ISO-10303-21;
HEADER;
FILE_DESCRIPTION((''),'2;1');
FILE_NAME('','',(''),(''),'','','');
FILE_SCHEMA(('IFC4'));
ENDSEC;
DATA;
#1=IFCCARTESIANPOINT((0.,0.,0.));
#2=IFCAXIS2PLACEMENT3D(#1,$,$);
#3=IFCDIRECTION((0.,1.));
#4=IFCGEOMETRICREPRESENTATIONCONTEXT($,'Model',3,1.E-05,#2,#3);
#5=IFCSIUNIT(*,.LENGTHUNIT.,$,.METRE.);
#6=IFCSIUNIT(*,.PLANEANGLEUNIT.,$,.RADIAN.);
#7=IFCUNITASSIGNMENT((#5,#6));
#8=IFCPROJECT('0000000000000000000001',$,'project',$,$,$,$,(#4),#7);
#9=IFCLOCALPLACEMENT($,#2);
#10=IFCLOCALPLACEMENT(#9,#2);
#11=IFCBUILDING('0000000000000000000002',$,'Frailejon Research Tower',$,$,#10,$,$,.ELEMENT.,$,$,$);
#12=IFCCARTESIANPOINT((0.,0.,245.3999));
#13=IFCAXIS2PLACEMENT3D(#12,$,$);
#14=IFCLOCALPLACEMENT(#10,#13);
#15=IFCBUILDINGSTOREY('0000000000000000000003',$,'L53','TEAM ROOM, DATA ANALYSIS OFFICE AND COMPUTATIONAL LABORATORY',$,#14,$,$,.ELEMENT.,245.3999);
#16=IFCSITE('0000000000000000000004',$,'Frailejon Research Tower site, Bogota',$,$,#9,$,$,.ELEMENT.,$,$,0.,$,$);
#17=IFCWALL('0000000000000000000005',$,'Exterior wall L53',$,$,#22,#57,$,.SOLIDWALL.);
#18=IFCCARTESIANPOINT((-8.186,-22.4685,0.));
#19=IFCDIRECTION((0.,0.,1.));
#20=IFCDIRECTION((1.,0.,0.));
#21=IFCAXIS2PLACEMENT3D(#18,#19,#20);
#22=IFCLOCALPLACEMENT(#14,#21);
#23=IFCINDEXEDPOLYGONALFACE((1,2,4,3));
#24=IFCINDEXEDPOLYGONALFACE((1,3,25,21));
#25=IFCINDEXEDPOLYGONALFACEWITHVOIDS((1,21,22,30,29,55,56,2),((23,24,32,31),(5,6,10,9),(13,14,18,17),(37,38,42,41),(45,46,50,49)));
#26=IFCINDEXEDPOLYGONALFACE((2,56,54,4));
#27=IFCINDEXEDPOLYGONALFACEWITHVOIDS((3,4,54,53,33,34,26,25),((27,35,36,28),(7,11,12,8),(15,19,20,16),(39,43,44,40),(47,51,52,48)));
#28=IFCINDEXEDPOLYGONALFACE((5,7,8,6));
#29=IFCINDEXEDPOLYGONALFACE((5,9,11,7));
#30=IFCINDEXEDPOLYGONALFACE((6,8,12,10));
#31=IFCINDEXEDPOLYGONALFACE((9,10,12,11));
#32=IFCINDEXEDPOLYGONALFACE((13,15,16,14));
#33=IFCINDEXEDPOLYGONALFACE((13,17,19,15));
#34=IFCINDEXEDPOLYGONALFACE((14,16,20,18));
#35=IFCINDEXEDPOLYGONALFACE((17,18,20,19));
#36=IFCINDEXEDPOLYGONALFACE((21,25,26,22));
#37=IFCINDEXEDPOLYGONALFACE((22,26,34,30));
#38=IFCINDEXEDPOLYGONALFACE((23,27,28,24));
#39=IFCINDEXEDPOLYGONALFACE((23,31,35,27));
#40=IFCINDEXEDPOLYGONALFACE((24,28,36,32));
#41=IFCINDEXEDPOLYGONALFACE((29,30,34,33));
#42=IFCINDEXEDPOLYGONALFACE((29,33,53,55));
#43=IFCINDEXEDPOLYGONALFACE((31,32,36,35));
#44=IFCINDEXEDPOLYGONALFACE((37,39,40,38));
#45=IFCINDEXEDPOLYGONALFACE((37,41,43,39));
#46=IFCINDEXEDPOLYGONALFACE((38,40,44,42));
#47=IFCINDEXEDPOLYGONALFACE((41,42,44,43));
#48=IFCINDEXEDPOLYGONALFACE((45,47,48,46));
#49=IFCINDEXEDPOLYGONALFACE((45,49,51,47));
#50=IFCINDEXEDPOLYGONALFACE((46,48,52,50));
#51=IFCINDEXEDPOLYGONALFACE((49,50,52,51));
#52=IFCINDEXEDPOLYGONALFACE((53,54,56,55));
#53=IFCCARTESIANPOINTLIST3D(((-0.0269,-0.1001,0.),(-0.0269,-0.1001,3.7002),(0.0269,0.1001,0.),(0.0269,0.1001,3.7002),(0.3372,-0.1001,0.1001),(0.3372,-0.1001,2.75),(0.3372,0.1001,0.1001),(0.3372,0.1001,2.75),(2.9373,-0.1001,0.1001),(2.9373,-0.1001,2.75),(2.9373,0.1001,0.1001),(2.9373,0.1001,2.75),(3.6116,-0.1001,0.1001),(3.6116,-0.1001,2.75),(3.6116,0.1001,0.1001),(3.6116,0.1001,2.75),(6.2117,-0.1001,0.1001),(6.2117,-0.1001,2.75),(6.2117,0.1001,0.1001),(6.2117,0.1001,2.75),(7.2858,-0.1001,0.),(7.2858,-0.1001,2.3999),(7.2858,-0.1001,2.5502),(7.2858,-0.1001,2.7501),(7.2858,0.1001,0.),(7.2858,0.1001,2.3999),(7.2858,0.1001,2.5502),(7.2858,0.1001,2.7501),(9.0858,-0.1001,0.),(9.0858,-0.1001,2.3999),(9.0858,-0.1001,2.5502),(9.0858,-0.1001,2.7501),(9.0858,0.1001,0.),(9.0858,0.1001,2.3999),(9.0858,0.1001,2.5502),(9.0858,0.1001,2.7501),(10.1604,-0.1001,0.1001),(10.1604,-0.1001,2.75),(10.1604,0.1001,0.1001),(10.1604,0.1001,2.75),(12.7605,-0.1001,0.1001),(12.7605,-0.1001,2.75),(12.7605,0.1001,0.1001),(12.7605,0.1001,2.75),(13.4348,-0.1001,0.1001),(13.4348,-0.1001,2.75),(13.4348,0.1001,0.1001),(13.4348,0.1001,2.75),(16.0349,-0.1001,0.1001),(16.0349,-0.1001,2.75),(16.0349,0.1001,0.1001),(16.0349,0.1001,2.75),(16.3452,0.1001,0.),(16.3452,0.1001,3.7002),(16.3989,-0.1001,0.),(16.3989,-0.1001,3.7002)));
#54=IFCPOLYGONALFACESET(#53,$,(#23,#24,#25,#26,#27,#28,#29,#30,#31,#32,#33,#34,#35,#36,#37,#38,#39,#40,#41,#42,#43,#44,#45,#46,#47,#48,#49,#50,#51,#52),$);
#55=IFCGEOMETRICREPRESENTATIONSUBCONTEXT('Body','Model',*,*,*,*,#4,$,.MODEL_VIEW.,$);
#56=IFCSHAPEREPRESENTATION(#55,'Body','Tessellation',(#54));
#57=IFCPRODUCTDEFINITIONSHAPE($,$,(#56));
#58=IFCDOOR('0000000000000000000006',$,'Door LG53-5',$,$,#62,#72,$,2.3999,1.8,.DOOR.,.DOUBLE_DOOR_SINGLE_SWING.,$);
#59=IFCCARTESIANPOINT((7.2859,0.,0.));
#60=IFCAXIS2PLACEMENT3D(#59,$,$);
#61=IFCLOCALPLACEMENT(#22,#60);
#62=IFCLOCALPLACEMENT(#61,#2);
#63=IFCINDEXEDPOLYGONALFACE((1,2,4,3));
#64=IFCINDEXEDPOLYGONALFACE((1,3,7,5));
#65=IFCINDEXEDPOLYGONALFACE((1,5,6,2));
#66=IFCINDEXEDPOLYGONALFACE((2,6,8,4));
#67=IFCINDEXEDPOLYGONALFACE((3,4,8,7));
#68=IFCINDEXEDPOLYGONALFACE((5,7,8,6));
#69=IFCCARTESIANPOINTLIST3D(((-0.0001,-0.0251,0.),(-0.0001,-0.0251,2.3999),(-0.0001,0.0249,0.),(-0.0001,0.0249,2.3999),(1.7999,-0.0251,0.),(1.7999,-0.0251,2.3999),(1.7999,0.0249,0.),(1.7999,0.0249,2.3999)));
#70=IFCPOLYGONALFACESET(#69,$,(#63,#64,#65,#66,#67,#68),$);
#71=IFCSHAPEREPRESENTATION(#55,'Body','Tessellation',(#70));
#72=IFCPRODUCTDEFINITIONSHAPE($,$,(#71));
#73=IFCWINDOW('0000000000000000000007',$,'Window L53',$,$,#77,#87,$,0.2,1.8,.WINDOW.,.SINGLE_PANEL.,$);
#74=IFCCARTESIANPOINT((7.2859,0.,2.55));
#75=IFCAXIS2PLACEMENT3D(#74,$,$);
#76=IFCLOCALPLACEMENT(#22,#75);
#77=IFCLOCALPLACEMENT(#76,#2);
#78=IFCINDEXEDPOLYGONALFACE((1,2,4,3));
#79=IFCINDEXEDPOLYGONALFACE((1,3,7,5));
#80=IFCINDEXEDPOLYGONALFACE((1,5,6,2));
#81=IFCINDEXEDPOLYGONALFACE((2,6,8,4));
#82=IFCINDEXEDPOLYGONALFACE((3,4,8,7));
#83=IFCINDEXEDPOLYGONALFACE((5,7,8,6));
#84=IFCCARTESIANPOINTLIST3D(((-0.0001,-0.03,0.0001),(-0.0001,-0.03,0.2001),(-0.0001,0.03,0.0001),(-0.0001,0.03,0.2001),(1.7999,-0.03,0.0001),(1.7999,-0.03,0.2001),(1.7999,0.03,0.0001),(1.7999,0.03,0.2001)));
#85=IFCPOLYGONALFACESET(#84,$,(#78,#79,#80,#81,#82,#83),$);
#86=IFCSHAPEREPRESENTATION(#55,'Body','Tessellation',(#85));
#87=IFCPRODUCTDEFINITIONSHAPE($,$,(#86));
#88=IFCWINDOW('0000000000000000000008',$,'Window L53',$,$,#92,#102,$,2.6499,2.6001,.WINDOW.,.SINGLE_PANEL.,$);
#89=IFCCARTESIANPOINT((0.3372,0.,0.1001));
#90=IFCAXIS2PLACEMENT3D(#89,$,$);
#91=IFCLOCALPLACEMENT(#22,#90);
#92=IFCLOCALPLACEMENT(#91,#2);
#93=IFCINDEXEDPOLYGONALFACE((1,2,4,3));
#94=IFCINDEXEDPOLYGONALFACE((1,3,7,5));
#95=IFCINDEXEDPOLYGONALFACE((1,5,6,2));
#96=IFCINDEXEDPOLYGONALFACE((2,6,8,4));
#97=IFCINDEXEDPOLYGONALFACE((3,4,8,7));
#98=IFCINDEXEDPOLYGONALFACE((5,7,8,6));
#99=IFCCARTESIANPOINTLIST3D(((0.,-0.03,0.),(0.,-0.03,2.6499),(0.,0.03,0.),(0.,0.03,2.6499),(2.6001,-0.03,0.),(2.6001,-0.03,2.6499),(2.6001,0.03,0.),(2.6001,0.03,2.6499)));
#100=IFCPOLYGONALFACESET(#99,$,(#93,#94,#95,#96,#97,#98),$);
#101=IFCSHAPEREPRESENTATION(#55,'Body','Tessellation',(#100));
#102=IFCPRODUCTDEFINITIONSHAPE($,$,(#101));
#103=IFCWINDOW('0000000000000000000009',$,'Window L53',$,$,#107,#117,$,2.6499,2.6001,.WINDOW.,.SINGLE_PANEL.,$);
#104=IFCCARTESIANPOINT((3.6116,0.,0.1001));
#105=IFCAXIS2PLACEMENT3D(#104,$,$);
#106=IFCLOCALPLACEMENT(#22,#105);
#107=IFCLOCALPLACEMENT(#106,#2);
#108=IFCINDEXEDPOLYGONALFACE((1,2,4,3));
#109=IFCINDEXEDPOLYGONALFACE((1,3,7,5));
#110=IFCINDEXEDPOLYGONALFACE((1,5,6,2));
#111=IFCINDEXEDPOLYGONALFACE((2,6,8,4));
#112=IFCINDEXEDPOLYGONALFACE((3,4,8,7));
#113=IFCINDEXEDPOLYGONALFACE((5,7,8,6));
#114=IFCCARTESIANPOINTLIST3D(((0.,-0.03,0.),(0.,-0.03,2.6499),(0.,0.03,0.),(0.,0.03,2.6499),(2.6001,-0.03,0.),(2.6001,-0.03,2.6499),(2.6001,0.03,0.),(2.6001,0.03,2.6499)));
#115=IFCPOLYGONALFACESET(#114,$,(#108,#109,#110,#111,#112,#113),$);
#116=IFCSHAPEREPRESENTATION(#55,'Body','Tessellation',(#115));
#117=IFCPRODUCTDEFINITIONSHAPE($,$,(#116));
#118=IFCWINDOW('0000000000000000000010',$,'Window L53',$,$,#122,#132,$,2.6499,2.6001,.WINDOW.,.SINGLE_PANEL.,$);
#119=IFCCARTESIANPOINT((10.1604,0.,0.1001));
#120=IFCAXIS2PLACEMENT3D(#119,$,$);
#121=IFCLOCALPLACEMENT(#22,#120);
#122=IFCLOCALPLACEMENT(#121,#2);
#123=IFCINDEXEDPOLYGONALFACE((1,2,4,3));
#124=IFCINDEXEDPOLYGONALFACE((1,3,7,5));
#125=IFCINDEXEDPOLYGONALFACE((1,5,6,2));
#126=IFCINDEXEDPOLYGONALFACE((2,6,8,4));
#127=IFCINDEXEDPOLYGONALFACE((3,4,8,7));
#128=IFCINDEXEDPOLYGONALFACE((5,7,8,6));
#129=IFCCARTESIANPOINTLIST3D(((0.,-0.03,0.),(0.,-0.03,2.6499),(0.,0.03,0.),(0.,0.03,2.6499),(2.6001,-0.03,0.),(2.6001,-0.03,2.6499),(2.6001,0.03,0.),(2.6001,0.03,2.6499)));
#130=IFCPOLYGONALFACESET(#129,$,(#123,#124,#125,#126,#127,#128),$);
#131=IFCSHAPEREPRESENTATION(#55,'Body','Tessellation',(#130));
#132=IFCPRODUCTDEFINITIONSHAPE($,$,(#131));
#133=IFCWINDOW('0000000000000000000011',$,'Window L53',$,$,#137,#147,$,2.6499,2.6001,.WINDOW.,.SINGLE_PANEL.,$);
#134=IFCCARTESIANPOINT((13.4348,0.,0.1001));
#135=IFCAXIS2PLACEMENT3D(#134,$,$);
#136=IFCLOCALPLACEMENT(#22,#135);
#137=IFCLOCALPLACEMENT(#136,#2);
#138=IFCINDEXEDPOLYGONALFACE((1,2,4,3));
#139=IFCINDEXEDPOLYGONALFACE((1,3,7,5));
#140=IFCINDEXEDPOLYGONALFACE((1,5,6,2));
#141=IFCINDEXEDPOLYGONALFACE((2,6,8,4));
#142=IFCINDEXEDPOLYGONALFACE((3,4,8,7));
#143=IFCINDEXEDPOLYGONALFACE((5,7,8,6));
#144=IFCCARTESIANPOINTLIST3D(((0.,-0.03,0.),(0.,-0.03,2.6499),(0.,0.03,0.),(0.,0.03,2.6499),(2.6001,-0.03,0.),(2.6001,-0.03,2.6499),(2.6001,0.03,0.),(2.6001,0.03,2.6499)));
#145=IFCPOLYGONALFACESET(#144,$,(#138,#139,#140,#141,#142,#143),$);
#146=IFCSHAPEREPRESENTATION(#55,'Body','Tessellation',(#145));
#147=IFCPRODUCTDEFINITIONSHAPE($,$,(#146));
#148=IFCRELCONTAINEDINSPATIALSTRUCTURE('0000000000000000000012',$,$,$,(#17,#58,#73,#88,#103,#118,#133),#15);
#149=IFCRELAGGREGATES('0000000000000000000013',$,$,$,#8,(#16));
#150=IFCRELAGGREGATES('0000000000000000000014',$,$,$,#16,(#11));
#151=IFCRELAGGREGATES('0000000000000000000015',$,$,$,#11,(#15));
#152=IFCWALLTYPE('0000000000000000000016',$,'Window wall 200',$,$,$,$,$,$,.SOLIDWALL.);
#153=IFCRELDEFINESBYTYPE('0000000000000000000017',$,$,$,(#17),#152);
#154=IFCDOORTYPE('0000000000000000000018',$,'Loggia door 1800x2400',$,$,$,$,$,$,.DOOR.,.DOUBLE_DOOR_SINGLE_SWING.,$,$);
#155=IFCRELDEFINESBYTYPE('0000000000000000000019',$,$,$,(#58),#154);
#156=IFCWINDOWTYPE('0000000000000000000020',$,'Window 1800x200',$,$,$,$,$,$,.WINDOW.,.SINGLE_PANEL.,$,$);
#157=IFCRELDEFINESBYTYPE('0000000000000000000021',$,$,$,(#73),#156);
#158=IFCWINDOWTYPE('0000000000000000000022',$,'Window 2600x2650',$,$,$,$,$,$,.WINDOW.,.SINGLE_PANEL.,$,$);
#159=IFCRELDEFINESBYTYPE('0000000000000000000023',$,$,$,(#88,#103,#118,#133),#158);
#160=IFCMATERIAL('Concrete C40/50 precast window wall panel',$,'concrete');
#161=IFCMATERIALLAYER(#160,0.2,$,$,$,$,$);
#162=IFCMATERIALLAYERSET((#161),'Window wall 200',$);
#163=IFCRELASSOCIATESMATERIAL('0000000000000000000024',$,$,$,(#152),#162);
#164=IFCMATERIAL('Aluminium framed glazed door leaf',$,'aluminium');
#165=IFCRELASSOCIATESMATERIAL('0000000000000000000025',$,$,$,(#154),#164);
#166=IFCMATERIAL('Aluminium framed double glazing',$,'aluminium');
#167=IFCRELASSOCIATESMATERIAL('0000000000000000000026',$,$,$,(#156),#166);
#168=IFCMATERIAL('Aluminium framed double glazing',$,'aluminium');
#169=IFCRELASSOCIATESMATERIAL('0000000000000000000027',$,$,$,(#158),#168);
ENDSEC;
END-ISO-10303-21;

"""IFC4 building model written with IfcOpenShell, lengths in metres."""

from ifc_helpers import new_model, si_unit, direction, frame, frame_2d, origin, place, context, subcontext, project, spatial, polyline, rectangle, outline, extrude, material, layer, layer_set, type_object, element, fill, save


model = new_model("IFC4")

# Units and contexts
model_context = context("Model", 3, precision=1e-05, world=origin(), true_north=direction((0.0, 1.0)))
body_context = subcontext(model_context, "Body", "Model", "MODEL_VIEW")
ifc_project = project(units=[si_unit("LENGTHUNIT", "METRE"), si_unit("PLANEANGLEUNIT", "RADIAN")], contexts=[model_context])

# Site, building, storey
site_placement = place(None, origin())
site = spatial("IfcSite", under=ifc_project, at=site_placement, Name="Frailejon Research Tower site, Bogota", CompositionType="ELEMENT", RefElevation=0.0)
building_placement = place(site_placement, origin())
building = spatial("IfcBuilding", under=site, at=building_placement, Name="Frailejon Research Tower", CompositionType="ELEMENT")
storey_placement = place(building_placement, frame((0.0, 0.0, 245.3999)))
storey = spatial("IfcBuildingStorey", under=building, at=storey_placement, Name="L53", Description="TEAM ROOM, DATA ANALYSIS OFFICE AND COMPUTATIONAL LABORATORY", CompositionType="ELEMENT", Elevation=245.3999)

# Wall, openings, door, windows
ifc_material_1 = material(Name="Concrete C40/50 precast window wall panel", Category="concrete")
ifc_layer_1 = layer(ifc_material_1, 0.2)
ifc_layer_set_1 = layer_set([ifc_layer_1], Name="Window wall 200")
wall_type_1 = type_object("IfcWallType", Name="Window wall 200", PredefinedType="SOLIDWALL", material=ifc_layer_set_1)
wall_1_placement = place(storey_placement, frame((-8.186, -22.4685, 0.0), z_axis=(0.0, 0.0, 1.0), x_axis=(1.0, 0.0, 0.0)))
wall_1 = element("IfcWall", 1, at=wall_1_placement, inside=storey, type_object=wall_type_1, Name="Exterior wall L53", PredefinedType="SOLIDWALL", context=body_context, shape_type="SweptSolid", body=[
    extrude(outline(polyline([(-0.0269, -0.1001), (0.9998, -0.1001), (2.0264, -0.1001), (3.053, -0.1001), (4.0796, -0.1001), (5.1062, -0.1001), (6.1328, -0.1001), (7.1594, -0.1001), (8.186, -0.1001), (9.2126, -0.1001), (10.2393, -0.1001), (11.2659, -0.1001), (12.2925, -0.1001), (13.3191, -0.1001), (14.3457, -0.1001), (15.3723, -0.1001), (16.3989, -0.1001), (16.3452, 0.1001), (15.3252, 0.1001), (14.3054, 0.1001), (13.2856, 0.1001), (12.2656, 0.1001), (11.2456, 0.1001), (10.2258, 0.1001), (9.2061, 0.1001), (8.186, 0.1001), (7.166, 0.1001), (6.1462, 0.1001), (5.1265, 0.1001), (4.1064, 0.1001), (3.0864, 0.1001), (2.0667, 0.1001), (1.0469, 0.1001), (0.0269, 0.1001), (-0.0269, -0.1001)])), origin(), (0.0, 0.0, 1.0), 3.7002),
])
opening_1_placement = place(wall_1_placement, frame((0.3372, 0.0, 0.1001)))
opening_1 = element("IfcOpeningElement", 2, at=opening_1_placement, cuts=wall_1, PredefinedType="OPENING", context=body_context, shape_type="SweptSolid", body=[
    extrude(rectangle(XDim=2.6001, YDim=2.6499, at=frame_2d((1.3, 1.325))), frame((0.0, 0.1099, 0.0), z_axis=(0.0, -1.0, 0.0), x_axis=(1.0, 0.0, 0.0)), (0.0, 0.0, 1.0), 0.22),
])
opening_2_placement = place(wall_1_placement, frame((3.6116, 0.0, 0.1001)))
opening_2 = element("IfcOpeningElement", 3, at=opening_2_placement, cuts=wall_1, PredefinedType="OPENING", context=body_context, shape_type="SweptSolid", body=[
    extrude(rectangle(XDim=2.6001, YDim=2.6499, at=frame_2d((1.3, 1.325))), frame((0.0, 0.1099, 0.0), z_axis=(0.0, -1.0, 0.0), x_axis=(1.0, 0.0, 0.0)), (0.0, 0.0, 1.0), 0.22),
])
opening_3_placement = place(wall_1_placement, frame((7.2859, 0.0, 0.0)))
opening_3 = element("IfcOpeningElement", 4, at=opening_3_placement, cuts=wall_1, PredefinedType="OPENING", context=body_context, shape_type="SweptSolid", body=[
    extrude(rectangle(XDim=1.8, YDim=2.3999, at=frame_2d((0.8999, 1.2))), frame((0.0, 0.1099, 0.0), z_axis=(0.0, -1.0, 0.0), x_axis=(1.0, 0.0, 0.0)), (0.0, 0.0, 1.0), 0.22),
])
opening_4_placement = place(wall_1_placement, frame((7.2859, 0.0, 2.55)))
opening_4 = element("IfcOpeningElement", 5, at=opening_4_placement, cuts=wall_1, PredefinedType="OPENING", context=body_context, shape_type="SweptSolid", body=[
    extrude(rectangle(XDim=1.8, YDim=0.2, at=frame_2d((0.8999, 0.1001))), frame((0.0, 0.1099, 0.0), z_axis=(0.0, -1.0, 0.0), x_axis=(1.0, 0.0, 0.0)), (0.0, 0.0, 1.0), 0.22),
])
opening_5_placement = place(wall_1_placement, frame((10.1604, 0.0, 0.1001)))
opening_5 = element("IfcOpeningElement", 6, at=opening_5_placement, cuts=wall_1, PredefinedType="OPENING", context=body_context, shape_type="SweptSolid", body=[
    extrude(rectangle(XDim=2.6001, YDim=2.6499, at=frame_2d((1.3, 1.325))), frame((0.0, 0.1099, 0.0), z_axis=(0.0, -1.0, 0.0), x_axis=(1.0, 0.0, 0.0)), (0.0, 0.0, 1.0), 0.22),
])
opening_6_placement = place(wall_1_placement, frame((13.4348, 0.0, 0.1001)))
opening_6 = element("IfcOpeningElement", 7, at=opening_6_placement, cuts=wall_1, PredefinedType="OPENING", context=body_context, shape_type="SweptSolid", body=[
    extrude(rectangle(XDim=2.6001, YDim=2.6499, at=frame_2d((1.3, 1.325))), frame((0.0, 0.1099, 0.0), z_axis=(0.0, -1.0, 0.0), x_axis=(1.0, 0.0, 0.0)), (0.0, 0.0, 1.0), 0.22),
])
ifc_material_2 = material(Name="Aluminium framed glazed door leaf", Category="aluminium")
door_type = type_object("IfcDoorType", Name="Loggia door 1800x2400", OperationType="DOUBLE_DOOR_SINGLE_SWING", PredefinedType="DOOR", material=ifc_material_2)
door_placement = place(opening_3_placement, origin())
door = element("IfcDoor", 8, at=door_placement, inside=storey, type_object=door_type, Name="Door LG53-5", OperationType="DOUBLE_DOOR_SINGLE_SWING", OverallHeight=2.3999, OverallWidth=1.8, PredefinedType="DOOR", context=body_context, shape_type="SweptSolid", body=[
    extrude(rectangle(XDim=1.8, YDim=2.3999, at=frame_2d((0.8999, 1.2))), frame((0.0, 0.0249, 0.0), z_axis=(0.0, -1.0, 0.0), x_axis=(1.0, 0.0, 0.0)), (0.0, 0.0, 1.0), 0.05),
])
fill(opening_3, door)
ifc_material_3 = material(Name="Aluminium framed double glazing", Category="aluminium")
window_type_1 = type_object("IfcWindowType", Name="Window 1800x200", PartitioningType="SINGLE_PANEL", PredefinedType="WINDOW", material=ifc_material_3)
window_1_placement = place(opening_4_placement, origin())
window_1 = element("IfcWindow", 9, at=window_1_placement, inside=storey, type_object=window_type_1, Name="Window L53", OverallHeight=0.2, OverallWidth=1.8, PartitioningType="SINGLE_PANEL", PredefinedType="WINDOW", context=body_context, shape_type="SweptSolid", body=[
    extrude(rectangle(XDim=1.8, YDim=0.2, at=frame_2d((0.8999, 0.1001))), frame((0.0, 0.03, 0.0), z_axis=(0.0, -1.0, 0.0), x_axis=(1.0, 0.0, 0.0)), (0.0, 0.0, 1.0), 0.0601),
])
fill(opening_4, window_1)
ifc_material_4 = material(Name="Aluminium framed double glazing", Category="aluminium")
window_type_2 = type_object("IfcWindowType", Name="Window 2600x2650", PartitioningType="SINGLE_PANEL", PredefinedType="WINDOW", material=ifc_material_4)
window_2_placement = place(opening_1_placement, origin())
window_2 = element("IfcWindow", 10, at=window_2_placement, inside=storey, type_object=window_type_2, Name="Window L53", OverallHeight=2.6499, OverallWidth=2.6001, PartitioningType="SINGLE_PANEL", PredefinedType="WINDOW", context=body_context, shape_type="SweptSolid", body=[
    extrude(rectangle(XDim=2.6001, YDim=2.6499, at=frame_2d((1.3, 1.325))), frame((0.0, 0.03, 0.0), z_axis=(0.0, -1.0, 0.0), x_axis=(1.0, 0.0, 0.0)), (0.0, 0.0, 1.0), 0.0601),
])
fill(opening_1, window_2)
window_3_placement = place(opening_2_placement, origin())
window_3 = element("IfcWindow", 11, at=window_3_placement, inside=storey, type_object=window_type_2, Name="Window L53", OverallHeight=2.6499, OverallWidth=2.6001, PartitioningType="SINGLE_PANEL", PredefinedType="WINDOW", context=body_context, shape_type="SweptSolid", body=[
    extrude(rectangle(XDim=2.6001, YDim=2.6499, at=frame_2d((1.3, 1.325))), frame((0.0, 0.03, 0.0), z_axis=(0.0, -1.0, 0.0), x_axis=(1.0, 0.0, 0.0)), (0.0, 0.0, 1.0), 0.0601),
])
fill(opening_2, window_3)
window_4_placement = place(opening_5_placement, origin())
window_4 = element("IfcWindow", 12, at=window_4_placement, inside=storey, type_object=window_type_2, Name="Window L53", OverallHeight=2.6499, OverallWidth=2.6001, PartitioningType="SINGLE_PANEL", PredefinedType="WINDOW", context=body_context, shape_type="SweptSolid", body=[
    extrude(rectangle(XDim=2.6001, YDim=2.6499, at=frame_2d((1.3, 1.325))), frame((0.0, 0.03, 0.0), z_axis=(0.0, -1.0, 0.0), x_axis=(1.0, 0.0, 0.0)), (0.0, 0.0, 1.0), 0.0601),
])
fill(opening_5, window_4)
window_5_placement = place(opening_6_placement, origin())
window_5 = element("IfcWindow", 13, at=window_5_placement, inside=storey, type_object=window_type_2, Name="Window L53", OverallHeight=2.6499, OverallWidth=2.6001, PartitioningType="SINGLE_PANEL", PredefinedType="WINDOW", context=body_context, shape_type="SweptSolid", body=[
    extrude(rectangle(XDim=2.6001, YDim=2.6499, at=frame_2d((1.3, 1.325))), frame((0.0, 0.03, 0.0), z_axis=(0.0, -1.0, 0.0), x_axis=(1.0, 0.0, 0.0)), (0.0, 0.0, 1.0), 0.0601),
])
fill(opening_6, window_5)

save(model, "model.ifc")
